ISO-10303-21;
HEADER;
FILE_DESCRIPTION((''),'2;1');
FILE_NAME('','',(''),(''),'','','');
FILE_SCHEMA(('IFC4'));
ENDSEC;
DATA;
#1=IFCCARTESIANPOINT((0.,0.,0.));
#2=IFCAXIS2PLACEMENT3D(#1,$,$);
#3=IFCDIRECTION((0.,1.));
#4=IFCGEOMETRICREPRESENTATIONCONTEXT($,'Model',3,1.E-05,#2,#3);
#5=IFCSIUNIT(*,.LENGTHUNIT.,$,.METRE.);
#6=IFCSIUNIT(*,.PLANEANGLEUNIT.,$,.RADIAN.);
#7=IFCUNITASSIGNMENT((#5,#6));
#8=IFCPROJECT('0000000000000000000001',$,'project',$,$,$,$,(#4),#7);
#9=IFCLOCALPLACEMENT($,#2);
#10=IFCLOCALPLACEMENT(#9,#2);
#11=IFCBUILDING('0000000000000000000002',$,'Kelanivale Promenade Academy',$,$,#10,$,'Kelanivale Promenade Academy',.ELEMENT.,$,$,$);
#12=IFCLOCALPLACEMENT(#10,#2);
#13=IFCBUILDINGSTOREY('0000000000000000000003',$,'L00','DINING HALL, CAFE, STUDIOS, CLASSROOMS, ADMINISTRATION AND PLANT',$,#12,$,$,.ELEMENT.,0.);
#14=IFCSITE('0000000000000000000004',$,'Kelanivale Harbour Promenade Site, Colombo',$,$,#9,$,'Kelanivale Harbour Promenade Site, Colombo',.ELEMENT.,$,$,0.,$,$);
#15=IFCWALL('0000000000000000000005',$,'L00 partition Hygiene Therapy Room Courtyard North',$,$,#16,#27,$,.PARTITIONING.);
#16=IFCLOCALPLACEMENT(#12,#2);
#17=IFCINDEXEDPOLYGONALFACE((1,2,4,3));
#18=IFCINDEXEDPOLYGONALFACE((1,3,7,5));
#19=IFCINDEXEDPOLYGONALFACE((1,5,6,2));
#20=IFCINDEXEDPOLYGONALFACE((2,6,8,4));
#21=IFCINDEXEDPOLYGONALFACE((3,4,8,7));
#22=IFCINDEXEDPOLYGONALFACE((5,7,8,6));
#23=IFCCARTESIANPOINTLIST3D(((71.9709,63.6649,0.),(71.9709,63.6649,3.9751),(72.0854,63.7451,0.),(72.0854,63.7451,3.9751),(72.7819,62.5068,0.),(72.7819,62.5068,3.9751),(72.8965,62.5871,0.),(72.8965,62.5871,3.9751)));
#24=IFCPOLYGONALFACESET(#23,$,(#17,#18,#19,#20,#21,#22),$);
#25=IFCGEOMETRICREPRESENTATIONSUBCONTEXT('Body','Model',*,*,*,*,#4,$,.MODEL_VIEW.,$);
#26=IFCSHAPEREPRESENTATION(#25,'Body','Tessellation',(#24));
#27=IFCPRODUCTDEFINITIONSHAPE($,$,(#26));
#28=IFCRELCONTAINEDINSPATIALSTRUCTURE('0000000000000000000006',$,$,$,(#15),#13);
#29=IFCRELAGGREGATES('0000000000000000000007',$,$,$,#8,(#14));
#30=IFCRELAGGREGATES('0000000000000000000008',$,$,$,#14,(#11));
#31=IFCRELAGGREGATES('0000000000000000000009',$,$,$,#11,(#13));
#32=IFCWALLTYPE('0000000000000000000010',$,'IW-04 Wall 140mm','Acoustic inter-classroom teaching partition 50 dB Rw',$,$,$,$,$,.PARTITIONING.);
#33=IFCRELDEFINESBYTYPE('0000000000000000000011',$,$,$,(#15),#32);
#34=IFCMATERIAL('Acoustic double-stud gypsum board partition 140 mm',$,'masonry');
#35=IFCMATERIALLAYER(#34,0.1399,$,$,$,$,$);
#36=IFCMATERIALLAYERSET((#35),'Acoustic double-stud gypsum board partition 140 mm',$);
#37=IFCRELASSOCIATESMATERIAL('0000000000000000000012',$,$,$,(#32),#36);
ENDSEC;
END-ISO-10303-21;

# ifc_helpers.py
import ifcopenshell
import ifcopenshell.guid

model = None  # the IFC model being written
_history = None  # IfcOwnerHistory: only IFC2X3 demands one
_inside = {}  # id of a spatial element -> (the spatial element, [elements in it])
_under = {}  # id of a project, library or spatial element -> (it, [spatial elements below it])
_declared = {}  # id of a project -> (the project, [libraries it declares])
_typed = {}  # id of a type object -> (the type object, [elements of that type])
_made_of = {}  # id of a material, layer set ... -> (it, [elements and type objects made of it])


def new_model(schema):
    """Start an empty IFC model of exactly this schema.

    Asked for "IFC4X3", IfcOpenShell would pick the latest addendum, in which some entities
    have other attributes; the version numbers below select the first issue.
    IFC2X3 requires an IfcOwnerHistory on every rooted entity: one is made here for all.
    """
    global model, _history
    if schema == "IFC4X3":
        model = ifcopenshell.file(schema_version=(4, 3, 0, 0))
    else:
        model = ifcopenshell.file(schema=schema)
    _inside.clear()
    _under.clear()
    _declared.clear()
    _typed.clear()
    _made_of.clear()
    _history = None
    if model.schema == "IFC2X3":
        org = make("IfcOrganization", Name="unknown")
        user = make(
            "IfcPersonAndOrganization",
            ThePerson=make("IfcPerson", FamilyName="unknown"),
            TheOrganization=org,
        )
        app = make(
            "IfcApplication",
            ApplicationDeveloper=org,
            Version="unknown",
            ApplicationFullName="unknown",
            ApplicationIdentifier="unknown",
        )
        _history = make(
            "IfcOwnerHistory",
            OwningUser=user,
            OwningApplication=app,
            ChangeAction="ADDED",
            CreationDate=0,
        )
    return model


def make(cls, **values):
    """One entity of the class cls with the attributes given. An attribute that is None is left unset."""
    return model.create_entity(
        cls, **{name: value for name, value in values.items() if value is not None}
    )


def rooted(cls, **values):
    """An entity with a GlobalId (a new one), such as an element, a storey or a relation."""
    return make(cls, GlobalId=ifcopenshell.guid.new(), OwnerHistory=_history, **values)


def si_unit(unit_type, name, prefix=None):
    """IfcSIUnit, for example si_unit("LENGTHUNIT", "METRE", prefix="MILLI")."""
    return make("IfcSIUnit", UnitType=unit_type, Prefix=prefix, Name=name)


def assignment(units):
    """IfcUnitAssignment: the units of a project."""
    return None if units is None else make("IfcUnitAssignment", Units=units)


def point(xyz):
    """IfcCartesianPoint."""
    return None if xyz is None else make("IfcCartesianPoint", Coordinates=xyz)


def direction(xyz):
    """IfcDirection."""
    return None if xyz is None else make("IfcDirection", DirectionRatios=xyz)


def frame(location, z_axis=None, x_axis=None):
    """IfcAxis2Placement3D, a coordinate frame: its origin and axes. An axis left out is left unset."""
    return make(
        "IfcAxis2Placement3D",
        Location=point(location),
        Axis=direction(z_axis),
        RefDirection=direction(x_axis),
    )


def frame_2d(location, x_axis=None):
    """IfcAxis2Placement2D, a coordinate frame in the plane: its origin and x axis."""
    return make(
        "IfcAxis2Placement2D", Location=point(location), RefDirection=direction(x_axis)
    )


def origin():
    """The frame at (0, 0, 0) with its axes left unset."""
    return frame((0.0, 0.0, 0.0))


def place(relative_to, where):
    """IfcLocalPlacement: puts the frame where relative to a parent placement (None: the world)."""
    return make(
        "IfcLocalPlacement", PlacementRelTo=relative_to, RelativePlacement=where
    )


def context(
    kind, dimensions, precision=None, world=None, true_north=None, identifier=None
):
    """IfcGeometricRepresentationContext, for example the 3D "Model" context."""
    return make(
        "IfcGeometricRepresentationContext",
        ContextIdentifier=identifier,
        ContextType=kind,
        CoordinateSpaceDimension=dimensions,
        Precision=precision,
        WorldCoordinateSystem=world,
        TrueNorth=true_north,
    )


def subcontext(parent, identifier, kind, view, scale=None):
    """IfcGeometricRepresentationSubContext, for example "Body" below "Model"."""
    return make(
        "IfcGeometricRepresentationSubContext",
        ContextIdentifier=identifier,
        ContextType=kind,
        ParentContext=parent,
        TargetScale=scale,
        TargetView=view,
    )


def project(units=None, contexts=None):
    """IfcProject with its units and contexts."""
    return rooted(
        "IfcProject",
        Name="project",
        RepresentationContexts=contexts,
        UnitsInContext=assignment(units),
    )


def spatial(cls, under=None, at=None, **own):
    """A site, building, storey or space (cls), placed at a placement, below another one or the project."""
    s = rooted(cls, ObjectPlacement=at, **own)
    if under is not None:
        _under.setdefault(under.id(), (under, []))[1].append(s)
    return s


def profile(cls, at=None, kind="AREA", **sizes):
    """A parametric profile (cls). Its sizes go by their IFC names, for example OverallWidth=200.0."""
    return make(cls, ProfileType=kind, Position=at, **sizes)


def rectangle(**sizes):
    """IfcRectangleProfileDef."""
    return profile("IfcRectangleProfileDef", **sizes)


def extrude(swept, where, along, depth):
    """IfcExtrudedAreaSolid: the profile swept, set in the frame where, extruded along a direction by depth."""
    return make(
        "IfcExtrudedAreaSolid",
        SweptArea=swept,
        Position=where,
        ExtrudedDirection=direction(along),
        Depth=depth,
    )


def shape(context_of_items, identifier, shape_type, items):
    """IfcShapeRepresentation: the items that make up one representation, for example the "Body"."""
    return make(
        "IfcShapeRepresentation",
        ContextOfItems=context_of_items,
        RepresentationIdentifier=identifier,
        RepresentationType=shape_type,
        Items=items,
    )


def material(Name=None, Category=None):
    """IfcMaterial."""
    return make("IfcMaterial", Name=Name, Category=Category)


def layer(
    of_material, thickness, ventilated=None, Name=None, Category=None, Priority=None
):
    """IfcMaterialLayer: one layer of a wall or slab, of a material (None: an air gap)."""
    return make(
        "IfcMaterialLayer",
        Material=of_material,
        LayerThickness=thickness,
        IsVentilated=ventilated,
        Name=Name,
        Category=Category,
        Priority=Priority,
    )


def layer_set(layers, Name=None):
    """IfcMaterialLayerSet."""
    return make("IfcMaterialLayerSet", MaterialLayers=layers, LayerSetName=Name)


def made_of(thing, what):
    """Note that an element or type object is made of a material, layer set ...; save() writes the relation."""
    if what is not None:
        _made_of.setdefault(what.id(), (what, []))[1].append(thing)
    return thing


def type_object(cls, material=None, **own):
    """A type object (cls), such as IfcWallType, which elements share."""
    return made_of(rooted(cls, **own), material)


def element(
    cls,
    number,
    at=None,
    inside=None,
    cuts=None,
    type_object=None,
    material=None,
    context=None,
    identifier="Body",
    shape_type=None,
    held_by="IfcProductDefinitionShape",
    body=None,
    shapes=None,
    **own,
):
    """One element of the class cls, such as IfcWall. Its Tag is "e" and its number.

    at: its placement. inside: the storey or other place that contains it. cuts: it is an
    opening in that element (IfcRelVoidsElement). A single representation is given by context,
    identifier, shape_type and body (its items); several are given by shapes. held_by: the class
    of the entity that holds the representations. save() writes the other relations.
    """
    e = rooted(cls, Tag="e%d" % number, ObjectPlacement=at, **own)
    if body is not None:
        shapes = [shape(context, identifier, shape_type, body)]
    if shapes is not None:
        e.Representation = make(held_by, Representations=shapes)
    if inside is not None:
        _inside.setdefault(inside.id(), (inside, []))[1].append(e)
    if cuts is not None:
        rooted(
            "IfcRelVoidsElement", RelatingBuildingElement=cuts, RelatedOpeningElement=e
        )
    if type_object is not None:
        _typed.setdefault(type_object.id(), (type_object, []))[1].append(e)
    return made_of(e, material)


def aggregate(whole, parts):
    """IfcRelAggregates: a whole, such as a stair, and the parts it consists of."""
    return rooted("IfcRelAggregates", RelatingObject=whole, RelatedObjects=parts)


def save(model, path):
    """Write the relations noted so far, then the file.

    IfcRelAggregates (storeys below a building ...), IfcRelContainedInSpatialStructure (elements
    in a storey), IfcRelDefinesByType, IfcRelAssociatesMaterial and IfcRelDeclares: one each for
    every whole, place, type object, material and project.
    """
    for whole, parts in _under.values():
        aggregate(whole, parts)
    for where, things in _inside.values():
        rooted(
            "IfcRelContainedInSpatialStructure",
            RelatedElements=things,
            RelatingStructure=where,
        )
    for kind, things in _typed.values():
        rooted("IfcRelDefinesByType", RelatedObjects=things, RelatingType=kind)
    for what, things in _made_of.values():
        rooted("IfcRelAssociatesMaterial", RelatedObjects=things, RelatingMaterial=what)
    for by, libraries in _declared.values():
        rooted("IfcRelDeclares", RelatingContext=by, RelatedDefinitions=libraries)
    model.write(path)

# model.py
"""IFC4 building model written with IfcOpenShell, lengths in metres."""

from ifc_helpers import new_model, si_unit, direction, frame, frame_2d, origin, place, context, subcontext, project, spatial, rectangle, extrude, material, layer, layer_set, type_object, element, save


model = new_model("IFC4")

# Units and contexts
model_context = context("Model", 3, precision=1e-05, world=origin(), true_north=direction((0.0, 1.0)))
body_context = subcontext(model_context, "Body", "Model", "MODEL_VIEW")
ifc_project = project(units=[si_unit("LENGTHUNIT", "METRE"), si_unit("PLANEANGLEUNIT", "RADIAN")], contexts=[model_context])

# Site, building, storey
site_placement = place(None, origin())
site = spatial("IfcSite", under=ifc_project, at=site_placement, Name="Kelanivale Harbour Promenade Site, Colombo", LongName="Kelanivale Harbour Promenade Site, Colombo", CompositionType="ELEMENT", RefElevation=0.0)
building_placement = place(site_placement, origin())
building = spatial("IfcBuilding", under=site, at=building_placement, Name="Kelanivale Promenade Academy", LongName="Kelanivale Promenade Academy", CompositionType="ELEMENT")
storey_placement = place(building_placement, origin())
storey = spatial("IfcBuildingStorey", under=building, at=storey_placement, Name="L00", Description="DINING HALL, CAFE, STUDIOS, CLASSROOMS, ADMINISTRATION AND PLANT", CompositionType="ELEMENT", Elevation=0.0)

# Wall
ifc_material_1 = material(Name="Acoustic double-stud gypsum board partition 140 mm", Category="masonry")
ifc_layer_1 = layer(ifc_material_1, 0.1399)
ifc_layer_set_1 = layer_set([ifc_layer_1], Name="Acoustic double-stud gypsum board partition 140 mm")
wall_type = type_object("IfcWallType", Name="IW-04 Wall 140mm", Description="Acoustic inter-classroom teaching partition 50 dB Rw", PredefinedType="PARTITIONING", material=ifc_layer_set_1)
wall_placement = place(storey_placement, frame((72.0281, 63.7051, 0.0), z_axis=(0.0, 0.0, 1.0), x_axis=(0.573683, -0.819078, 0.0)))
element("IfcWall", 1, at=wall_placement, inside=storey, type_object=wall_type, Name="L00 partition Hygiene Therapy Room Courtyard North", PredefinedType="PARTITIONING", context=body_context, shape_type="SweptSolid", body=[
    extrude(rectangle(XDim=1.4138, YDim=0.1399, at=frame_2d((0.707, 0.0))), origin(), (0.0, 0.0, 1.0), 3.9751),
])

save(model, "model.ifc")
